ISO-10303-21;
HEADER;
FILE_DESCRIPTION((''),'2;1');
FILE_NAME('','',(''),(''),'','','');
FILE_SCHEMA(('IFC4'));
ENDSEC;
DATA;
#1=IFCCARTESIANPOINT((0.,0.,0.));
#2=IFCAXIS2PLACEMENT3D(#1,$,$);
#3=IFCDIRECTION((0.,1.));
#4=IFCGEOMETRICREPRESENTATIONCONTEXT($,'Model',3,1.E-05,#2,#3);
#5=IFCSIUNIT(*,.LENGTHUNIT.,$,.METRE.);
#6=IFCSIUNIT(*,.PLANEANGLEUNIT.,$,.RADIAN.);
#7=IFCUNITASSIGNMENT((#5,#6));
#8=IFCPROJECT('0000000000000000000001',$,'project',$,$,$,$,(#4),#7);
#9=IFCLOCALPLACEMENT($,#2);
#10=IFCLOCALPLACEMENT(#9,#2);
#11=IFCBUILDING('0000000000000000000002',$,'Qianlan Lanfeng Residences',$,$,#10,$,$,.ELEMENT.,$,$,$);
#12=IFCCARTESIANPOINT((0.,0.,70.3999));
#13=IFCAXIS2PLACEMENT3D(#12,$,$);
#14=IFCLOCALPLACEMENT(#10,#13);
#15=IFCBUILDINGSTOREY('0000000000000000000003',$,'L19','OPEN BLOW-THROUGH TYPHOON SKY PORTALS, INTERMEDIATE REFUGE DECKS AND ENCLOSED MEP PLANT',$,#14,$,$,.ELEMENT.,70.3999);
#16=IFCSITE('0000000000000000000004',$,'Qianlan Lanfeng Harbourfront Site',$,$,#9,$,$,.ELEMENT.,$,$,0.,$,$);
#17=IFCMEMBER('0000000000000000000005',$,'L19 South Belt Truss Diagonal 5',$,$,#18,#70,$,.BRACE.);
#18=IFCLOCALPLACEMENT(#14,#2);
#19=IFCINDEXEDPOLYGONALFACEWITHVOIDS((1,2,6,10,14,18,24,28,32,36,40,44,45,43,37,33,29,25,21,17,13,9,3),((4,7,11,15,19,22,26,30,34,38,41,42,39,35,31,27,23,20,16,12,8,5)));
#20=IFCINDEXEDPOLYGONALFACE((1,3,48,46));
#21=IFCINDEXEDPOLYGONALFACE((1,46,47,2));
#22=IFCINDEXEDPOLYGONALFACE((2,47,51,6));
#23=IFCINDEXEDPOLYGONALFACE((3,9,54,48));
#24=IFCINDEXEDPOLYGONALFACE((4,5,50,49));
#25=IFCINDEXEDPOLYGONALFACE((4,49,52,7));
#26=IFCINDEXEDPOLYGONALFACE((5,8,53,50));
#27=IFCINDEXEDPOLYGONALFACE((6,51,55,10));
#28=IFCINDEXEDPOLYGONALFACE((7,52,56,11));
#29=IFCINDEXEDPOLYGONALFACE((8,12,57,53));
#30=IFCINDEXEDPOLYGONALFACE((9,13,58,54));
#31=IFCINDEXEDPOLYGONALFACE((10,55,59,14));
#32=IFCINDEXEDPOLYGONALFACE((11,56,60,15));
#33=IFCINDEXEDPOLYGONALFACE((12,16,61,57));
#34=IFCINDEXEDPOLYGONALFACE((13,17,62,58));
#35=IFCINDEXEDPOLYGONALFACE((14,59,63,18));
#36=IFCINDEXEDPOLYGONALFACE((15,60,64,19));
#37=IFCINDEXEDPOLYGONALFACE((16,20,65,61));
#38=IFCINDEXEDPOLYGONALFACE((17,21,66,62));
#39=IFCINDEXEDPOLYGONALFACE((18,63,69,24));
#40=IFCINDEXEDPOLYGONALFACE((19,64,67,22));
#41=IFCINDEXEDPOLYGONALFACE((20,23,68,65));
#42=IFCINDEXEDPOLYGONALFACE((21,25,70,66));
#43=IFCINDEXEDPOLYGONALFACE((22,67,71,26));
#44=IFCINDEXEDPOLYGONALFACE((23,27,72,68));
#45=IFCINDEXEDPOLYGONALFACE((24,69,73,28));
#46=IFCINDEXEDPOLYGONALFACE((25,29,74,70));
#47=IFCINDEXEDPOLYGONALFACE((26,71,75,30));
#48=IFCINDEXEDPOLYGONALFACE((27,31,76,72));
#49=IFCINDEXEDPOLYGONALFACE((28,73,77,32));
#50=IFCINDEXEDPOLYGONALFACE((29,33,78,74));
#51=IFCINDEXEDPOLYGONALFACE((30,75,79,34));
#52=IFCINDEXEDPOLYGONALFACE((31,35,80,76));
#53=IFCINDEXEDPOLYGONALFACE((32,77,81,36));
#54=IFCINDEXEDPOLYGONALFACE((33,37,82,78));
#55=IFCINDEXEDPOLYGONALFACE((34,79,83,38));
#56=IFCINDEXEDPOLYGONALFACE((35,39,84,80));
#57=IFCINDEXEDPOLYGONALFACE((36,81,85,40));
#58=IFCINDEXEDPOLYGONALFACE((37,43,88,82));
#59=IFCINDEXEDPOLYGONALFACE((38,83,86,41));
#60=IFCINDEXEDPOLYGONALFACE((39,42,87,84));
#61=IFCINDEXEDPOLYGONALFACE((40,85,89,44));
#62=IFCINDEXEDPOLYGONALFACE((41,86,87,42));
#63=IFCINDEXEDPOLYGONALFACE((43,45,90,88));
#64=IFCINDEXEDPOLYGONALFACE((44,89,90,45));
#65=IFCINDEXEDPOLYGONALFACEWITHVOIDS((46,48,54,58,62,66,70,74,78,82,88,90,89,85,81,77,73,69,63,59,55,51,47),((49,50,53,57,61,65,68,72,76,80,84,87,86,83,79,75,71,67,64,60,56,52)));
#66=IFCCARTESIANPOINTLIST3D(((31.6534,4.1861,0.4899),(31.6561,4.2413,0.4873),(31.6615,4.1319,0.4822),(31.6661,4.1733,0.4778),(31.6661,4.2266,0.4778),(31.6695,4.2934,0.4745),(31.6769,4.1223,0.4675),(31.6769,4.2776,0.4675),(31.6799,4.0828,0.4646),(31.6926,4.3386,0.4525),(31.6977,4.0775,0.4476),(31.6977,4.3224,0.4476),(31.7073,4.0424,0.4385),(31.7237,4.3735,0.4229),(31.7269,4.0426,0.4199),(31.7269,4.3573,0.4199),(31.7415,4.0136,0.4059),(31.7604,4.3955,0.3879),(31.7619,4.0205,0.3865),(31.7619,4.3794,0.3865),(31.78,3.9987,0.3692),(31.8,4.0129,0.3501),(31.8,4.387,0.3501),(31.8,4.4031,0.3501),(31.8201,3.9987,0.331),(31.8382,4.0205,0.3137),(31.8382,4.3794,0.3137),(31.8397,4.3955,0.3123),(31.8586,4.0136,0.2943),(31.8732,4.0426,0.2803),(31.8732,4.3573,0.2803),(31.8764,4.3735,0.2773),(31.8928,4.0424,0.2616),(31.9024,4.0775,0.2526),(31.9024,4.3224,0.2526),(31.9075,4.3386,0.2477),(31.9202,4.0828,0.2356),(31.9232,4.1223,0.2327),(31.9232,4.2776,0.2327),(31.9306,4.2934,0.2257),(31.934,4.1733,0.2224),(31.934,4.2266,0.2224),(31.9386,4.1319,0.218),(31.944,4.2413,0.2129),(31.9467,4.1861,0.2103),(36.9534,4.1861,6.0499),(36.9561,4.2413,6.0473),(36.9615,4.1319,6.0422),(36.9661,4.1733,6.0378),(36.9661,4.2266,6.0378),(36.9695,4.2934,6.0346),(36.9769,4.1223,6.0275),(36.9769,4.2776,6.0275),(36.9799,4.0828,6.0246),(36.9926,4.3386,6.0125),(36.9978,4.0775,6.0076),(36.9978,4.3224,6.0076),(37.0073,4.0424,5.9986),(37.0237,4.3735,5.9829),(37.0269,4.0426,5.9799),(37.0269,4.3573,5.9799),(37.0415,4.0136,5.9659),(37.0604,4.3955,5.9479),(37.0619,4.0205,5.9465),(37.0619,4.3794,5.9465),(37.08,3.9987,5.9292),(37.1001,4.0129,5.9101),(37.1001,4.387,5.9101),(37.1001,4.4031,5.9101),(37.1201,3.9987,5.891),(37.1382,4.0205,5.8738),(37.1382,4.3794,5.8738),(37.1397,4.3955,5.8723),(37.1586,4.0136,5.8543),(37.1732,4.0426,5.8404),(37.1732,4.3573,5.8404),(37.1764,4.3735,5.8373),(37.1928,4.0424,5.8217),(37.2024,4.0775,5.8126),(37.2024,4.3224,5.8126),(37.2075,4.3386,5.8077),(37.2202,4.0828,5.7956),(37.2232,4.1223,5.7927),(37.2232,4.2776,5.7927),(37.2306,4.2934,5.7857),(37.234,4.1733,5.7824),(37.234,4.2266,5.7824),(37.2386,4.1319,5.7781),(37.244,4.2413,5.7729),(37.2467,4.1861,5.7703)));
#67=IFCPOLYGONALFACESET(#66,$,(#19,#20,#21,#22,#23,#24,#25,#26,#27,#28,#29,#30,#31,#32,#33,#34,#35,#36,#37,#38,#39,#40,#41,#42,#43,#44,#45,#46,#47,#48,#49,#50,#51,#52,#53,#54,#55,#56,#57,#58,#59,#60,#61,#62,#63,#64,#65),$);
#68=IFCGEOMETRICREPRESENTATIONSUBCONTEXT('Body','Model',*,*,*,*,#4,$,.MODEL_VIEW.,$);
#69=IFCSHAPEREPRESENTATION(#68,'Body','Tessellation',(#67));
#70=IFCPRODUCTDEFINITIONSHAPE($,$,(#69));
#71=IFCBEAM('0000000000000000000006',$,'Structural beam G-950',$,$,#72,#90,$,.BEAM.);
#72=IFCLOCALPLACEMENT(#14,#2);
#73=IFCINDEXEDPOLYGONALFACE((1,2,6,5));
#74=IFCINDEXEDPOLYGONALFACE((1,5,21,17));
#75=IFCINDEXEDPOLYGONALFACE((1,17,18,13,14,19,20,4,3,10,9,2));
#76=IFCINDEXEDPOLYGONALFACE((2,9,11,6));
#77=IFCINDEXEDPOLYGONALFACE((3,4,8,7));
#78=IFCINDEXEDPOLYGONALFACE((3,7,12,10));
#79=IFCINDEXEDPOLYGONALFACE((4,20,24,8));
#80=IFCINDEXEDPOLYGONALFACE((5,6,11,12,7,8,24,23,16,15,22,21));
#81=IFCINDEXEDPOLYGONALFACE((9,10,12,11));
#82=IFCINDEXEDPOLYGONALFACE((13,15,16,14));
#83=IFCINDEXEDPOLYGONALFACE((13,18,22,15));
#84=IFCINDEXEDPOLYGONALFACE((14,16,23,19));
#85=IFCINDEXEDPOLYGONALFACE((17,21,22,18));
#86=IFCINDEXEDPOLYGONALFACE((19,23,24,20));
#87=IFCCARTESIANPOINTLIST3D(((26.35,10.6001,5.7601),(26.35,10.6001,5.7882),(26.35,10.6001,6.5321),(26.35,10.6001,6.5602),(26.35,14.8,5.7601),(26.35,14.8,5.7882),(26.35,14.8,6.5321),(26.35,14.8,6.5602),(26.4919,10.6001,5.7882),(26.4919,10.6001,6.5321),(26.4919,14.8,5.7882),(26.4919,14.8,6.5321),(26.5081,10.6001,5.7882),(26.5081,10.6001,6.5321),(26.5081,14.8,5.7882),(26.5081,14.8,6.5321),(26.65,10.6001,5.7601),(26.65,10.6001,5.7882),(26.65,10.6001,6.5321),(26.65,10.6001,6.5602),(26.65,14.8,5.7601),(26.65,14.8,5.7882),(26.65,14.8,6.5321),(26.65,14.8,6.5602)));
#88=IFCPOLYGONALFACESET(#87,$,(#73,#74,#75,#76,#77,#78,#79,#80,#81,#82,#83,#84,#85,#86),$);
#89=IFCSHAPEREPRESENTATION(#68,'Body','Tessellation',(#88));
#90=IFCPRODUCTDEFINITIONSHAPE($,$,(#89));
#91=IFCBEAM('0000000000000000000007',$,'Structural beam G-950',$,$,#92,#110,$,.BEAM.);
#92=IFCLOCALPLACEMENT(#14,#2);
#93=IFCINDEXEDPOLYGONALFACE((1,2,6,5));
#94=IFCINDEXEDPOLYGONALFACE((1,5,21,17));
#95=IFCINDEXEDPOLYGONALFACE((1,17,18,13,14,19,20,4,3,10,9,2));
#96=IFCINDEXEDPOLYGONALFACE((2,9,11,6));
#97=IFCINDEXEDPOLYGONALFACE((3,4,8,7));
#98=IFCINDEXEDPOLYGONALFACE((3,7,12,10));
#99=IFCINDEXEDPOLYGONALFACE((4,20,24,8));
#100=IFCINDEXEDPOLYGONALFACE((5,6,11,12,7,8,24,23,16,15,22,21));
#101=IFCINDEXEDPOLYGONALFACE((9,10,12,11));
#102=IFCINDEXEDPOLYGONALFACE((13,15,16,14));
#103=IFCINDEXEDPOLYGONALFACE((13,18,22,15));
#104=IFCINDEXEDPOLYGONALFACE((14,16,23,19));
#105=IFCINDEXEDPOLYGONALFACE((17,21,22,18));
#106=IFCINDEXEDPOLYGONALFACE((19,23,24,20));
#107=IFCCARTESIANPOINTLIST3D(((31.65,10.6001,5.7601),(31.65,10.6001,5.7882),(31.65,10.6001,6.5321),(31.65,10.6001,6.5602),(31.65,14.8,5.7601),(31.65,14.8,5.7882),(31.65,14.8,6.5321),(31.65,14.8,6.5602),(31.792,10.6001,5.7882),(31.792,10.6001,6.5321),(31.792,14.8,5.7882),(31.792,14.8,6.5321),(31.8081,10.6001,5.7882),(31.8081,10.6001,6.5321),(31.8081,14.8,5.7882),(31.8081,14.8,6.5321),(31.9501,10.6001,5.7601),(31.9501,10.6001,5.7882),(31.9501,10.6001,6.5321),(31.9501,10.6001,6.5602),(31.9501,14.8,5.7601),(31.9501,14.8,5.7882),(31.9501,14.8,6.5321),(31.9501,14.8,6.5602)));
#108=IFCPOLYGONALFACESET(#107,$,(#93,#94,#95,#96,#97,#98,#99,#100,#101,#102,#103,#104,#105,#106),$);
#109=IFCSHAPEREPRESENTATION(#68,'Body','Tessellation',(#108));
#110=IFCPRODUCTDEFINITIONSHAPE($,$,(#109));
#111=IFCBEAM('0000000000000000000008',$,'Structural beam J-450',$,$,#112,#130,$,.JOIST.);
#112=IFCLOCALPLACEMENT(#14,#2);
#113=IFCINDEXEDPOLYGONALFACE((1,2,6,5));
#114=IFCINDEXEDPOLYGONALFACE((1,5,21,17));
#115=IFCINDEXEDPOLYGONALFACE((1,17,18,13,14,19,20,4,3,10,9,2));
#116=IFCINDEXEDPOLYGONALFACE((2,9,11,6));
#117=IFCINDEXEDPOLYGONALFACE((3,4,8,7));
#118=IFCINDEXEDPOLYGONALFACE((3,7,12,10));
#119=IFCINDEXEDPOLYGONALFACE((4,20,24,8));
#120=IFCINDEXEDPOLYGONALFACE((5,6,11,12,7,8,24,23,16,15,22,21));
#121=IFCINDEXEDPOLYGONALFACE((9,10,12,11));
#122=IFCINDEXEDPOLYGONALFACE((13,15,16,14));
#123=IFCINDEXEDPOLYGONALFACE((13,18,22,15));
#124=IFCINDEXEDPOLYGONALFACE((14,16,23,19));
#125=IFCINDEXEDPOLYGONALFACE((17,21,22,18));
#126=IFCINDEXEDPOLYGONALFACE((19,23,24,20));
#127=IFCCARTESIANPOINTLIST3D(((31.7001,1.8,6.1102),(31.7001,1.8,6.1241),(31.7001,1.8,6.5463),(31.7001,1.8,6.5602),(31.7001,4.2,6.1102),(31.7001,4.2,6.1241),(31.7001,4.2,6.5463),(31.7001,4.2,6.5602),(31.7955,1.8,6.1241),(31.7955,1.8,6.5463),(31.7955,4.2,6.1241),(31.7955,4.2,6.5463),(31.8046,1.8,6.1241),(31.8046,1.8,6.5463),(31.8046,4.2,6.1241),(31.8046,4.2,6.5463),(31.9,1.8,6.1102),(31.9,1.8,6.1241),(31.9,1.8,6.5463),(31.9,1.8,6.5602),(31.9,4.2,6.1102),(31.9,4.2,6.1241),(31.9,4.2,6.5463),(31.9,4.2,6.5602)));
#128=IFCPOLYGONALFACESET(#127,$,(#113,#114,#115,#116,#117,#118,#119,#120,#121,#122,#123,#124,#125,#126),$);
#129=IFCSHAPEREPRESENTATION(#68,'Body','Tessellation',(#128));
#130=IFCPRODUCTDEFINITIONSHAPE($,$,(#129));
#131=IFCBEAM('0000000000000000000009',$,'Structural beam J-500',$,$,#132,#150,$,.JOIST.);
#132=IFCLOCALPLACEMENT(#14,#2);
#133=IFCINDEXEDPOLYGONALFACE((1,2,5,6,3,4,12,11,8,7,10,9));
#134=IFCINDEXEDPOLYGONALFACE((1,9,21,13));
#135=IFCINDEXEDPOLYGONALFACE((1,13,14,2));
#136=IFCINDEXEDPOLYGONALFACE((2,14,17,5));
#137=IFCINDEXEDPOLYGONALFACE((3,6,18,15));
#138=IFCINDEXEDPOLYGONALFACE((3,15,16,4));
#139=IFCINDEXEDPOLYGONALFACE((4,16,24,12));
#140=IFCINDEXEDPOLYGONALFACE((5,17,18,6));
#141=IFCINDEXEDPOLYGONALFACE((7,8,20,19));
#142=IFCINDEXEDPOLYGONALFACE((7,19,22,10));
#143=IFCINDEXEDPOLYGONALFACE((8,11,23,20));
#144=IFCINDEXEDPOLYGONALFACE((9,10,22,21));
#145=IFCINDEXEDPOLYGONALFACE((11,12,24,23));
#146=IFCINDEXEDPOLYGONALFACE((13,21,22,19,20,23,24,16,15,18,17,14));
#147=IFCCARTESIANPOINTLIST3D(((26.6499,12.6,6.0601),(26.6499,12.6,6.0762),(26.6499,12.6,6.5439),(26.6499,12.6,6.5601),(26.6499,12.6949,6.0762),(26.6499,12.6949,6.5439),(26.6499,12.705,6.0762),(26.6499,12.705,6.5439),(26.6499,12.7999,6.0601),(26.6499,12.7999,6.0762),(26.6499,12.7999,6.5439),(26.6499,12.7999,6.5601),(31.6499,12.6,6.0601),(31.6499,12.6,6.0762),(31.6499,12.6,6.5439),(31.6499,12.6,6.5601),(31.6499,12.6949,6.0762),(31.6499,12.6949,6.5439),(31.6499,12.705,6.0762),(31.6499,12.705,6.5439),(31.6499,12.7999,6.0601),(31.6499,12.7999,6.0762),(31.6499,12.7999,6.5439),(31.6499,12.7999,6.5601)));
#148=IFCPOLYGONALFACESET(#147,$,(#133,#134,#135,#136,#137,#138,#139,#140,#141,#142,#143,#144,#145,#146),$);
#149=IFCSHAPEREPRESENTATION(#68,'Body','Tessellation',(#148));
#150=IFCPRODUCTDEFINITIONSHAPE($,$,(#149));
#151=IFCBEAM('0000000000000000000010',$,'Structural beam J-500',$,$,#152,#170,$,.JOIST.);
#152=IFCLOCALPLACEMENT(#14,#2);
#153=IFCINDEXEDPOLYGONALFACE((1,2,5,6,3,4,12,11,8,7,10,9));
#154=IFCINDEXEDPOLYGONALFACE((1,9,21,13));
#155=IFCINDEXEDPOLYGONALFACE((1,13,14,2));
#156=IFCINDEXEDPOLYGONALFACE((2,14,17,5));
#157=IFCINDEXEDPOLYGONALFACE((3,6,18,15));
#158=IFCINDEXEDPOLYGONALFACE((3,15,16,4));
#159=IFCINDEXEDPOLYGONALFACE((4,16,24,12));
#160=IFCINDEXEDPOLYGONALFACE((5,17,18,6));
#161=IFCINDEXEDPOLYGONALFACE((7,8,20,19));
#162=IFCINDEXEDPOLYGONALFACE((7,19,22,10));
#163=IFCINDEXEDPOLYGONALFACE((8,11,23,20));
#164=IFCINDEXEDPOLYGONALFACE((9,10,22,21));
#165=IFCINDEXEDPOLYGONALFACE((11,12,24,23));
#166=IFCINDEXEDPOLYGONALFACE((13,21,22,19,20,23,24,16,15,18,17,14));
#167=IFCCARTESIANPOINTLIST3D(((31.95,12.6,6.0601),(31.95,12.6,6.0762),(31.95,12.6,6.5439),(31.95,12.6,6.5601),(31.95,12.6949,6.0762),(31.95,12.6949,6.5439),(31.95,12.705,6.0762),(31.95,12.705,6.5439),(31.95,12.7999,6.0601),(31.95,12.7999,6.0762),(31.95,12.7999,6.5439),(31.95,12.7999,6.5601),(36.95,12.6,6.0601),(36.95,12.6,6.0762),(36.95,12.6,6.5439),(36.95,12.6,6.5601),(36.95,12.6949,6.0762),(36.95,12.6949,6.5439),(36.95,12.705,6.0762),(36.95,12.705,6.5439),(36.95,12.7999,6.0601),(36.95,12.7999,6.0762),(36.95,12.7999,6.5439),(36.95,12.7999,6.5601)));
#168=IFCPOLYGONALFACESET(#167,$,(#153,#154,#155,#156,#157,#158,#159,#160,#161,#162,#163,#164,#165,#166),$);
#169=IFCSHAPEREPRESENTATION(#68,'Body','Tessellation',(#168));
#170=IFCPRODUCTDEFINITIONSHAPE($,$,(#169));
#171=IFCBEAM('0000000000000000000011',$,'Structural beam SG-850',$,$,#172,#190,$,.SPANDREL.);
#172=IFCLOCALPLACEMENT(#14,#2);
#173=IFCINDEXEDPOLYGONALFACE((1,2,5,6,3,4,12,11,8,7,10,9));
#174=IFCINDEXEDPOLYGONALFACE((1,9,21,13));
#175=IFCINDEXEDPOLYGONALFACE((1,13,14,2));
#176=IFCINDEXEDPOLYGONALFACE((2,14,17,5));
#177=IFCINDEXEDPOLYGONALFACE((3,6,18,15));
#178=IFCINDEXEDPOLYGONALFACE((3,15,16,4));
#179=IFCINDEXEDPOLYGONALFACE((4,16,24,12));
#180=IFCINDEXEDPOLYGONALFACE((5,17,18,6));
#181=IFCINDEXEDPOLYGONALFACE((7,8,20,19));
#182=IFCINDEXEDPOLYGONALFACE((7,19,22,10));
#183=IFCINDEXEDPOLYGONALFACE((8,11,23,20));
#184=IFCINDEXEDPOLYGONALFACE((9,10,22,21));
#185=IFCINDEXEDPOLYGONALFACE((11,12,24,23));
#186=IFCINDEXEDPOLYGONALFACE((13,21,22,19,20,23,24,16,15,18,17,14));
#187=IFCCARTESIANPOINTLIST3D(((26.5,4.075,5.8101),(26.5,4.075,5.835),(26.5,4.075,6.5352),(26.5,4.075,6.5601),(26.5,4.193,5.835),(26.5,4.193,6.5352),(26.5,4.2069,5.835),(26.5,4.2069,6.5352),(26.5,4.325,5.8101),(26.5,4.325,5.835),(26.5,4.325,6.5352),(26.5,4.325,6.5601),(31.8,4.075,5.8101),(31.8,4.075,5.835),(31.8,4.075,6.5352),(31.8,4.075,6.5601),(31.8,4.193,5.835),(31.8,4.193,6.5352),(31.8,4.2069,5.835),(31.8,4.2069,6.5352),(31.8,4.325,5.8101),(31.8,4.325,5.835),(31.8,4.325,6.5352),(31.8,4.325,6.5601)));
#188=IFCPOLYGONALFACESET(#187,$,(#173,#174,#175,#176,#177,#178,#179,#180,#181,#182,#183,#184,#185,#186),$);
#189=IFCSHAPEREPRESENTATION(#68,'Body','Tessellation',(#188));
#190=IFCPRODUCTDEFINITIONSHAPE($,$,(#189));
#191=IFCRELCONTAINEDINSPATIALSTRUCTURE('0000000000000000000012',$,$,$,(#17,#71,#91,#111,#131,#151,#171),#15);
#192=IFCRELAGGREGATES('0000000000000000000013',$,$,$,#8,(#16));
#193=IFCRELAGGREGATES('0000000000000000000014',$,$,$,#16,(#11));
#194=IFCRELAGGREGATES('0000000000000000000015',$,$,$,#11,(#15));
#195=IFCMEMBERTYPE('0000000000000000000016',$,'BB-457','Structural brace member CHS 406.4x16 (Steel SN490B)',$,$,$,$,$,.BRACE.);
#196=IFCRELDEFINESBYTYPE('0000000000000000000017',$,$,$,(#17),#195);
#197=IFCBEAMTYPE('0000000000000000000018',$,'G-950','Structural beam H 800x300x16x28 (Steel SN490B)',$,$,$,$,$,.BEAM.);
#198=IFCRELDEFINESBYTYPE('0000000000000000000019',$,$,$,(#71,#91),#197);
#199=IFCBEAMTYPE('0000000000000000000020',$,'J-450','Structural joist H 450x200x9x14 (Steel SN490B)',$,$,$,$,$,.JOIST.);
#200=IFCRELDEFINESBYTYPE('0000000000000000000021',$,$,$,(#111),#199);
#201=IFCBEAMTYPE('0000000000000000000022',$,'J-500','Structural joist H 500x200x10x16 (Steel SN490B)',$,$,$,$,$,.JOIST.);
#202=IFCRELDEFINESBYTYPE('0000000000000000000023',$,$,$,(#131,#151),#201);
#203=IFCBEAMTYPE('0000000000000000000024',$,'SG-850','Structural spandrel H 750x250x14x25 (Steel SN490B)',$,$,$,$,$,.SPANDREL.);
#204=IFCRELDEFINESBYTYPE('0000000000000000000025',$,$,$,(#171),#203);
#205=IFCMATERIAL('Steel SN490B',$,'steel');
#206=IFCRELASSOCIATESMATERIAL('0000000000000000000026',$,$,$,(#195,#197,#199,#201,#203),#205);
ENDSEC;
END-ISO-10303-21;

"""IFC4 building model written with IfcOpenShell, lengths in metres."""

from ifc_helpers import new_model, si_unit, direction, frame, origin, origin_2d, place, context, subcontext, project, spatial, hollow_circle, i_section, extrude, material, material_profile, profile_set, type_object, element, save


model = new_model("IFC4")

# Units and contexts
model_context = context("Model", 3, precision=1e-05, world=origin(), true_north=direction((0.0, 1.0)))
body_context = subcontext(model_context, "Body", "Model", "MODEL_VIEW")
ifc_project = project(units=[si_unit("LENGTHUNIT", "METRE"), si_unit("PLANEANGLEUNIT", "RADIAN")], contexts=[model_context])

# Site, building, storey
site_placement = place(None, origin())
site = spatial("IfcSite", under=ifc_project, at=site_placement, Name="Qianlan Lanfeng Harbourfront Site", CompositionType="ELEMENT", RefElevation=0.0)
building_placement = place(site_placement, origin())
building = spatial("IfcBuilding", under=site, at=building_placement, Name="Qianlan Lanfeng Residences", CompositionType="ELEMENT")
storey_placement = place(building_placement, frame((0.0, 0.0, 70.3999)))
storey = spatial("IfcBuildingStorey", under=building, at=storey_placement, Name="L19", Description="OPEN BLOW-THROUGH TYPHOON SKY PORTALS, INTERMEDIATE REFUGE DECKS AND ENCLOSED MEP PLANT", CompositionType="ELEMENT", Elevation=70.3999)

# Shared definitions
ifc_material_1 = material(Name="Steel SN490B", Category="steel")

# Member
ifc_material_profile_1 = material_profile(ifc_material_1, hollow_circle(Radius=0.2031, WallThickness=0.0161, at=origin_2d()), Name="CHS 406.4x16")
ifc_profile_set_1 = profile_set([ifc_material_profile_1], Name="Steel SN490B")
member_type_1 = type_object("IfcMemberType", Name="BB-457", Description="Structural brace member CHS 406.4x16 (Steel SN490B)", PredefinedType="BRACE", material=ifc_profile_set_1)
for number, where, z_axis, x_axis, name in (
    (1, (31.8, 4.2, 0.3501), (0.68998, 0.0, 0.723829), (0.0, 1.0, 0.0), "L19 South Belt Truss Diagonal 5"),
):
    element("IfcMember", number, at=place(storey_placement, frame(where, z_axis=z_axis, x_axis=x_axis)), inside=storey, type_object=member_type_1, Name=name, PredefinedType="BRACE", context=body_context, shape_type="SweptSolid", body=[
        extrude(hollow_circle(Radius=0.2031, WallThickness=0.0161, at=origin_2d()), origin(), (0.0, 0.0, 1.0), 7.6814),
    ])

# Beams
ifc_material_profile_2 = material_profile(ifc_material_1, i_section(OverallWidth=0.3, OverallDepth=0.8, WebThickness=0.0161, FlangeThickness=0.0281, at=origin_2d()), Name="H 800x300x16x28")
ifc_profile_set_2 = profile_set([ifc_material_profile_2], Name="Steel SN490B")
beam_type_1 = type_object("IfcBeamType", Name="G-950", Description="Structural beam H 800x300x16x28 (Steel SN490B)", PredefinedType="BEAM", material=ifc_profile_set_2)
for number, where, z_axis, x_axis, name in (
    (2, (26.5, 10.6001, 6.1602), (0.0, 1.0, 0.0), (-1.0, 0.0, 0.0), "Structural beam G-950"),
    (3, (31.8, 10.6001, 6.1602), (0.0, 1.0, 0.0), (-1.0, 0.0, 0.0), "Structural beam G-950"),
):
    element("IfcBeam", number, at=place(storey_placement, frame(where, z_axis=z_axis, x_axis=x_axis)), inside=storey, type_object=beam_type_1, Name=name, PredefinedType="BEAM", context=body_context, shape_type="SweptSolid", body=[
        extrude(i_section(OverallWidth=0.3, OverallDepth=0.8, WebThickness=0.0161, FlangeThickness=0.0281, at=origin_2d()), origin(), (0.0, 0.0, 1.0), 4.2),
    ])
ifc_material_profile_3 = material_profile(ifc_material_1, i_section(OverallWidth=0.2, OverallDepth=0.45, WebThickness=0.009, FlangeThickness=0.0139, at=origin_2d()), Name="H 450x200x9x14")
ifc_profile_set_3 = profile_set([ifc_material_profile_3], Name="Steel SN490B")
beam_type_2 = type_object("IfcBeamType", Name="J-450", Description="Structural joist H 450x200x9x14 (Steel SN490B)", PredefinedType="JOIST", material=ifc_profile_set_3)
beam_1_placement = place(storey_placement, frame((31.8, 1.8, 6.3352), z_axis=(0.0, 1.0, 0.0), x_axis=(-1.0, 0.0, 0.0)))
element("IfcBeam", 4, at=beam_1_placement, inside=storey, type_object=beam_type_2, Name="Structural beam J-450", PredefinedType="JOIST", context=body_context, shape_type="SweptSolid", body=[
    extrude(i_section(OverallWidth=0.2, OverallDepth=0.45, WebThickness=0.009, FlangeThickness=0.0139, at=origin_2d()), origin(), (0.0, 0.0, 1.0), 2.3999),
])
ifc_material_profile_4 = material_profile(ifc_material_1, i_section(OverallWidth=0.2, OverallDepth=0.5, WebThickness=0.01, FlangeThickness=0.0161, at=origin_2d()), Name="H 500x200x10x16")
ifc_profile_set_4 = profile_set([ifc_material_profile_4], Name="Steel SN490B")
beam_type_3 = type_object("IfcBeamType", Name="J-500", Description="Structural joist H 500x200x10x16 (Steel SN490B)", PredefinedType="JOIST", material=ifc_profile_set_4)
for number, where, z_axis, x_axis, name in (
    (5, (26.6499, 12.7, 6.3101), (1.0, 0.0, 0.0), (0.0, 1.0, 0.0), "Structural beam J-500"),
    (6, (31.95, 12.7, 6.3101), (1.0, 0.0, 0.0), (0.0, 1.0, 0.0), "Structural beam J-500"),
):
    element("IfcBeam", number, at=place(storey_placement, frame(where, z_axis=z_axis, x_axis=x_axis)), inside=storey, type_object=beam_type_3, Name=name, PredefinedType="JOIST", context=body_context, shape_type="SweptSolid", body=[
        extrude(i_section(OverallWidth=0.2, OverallDepth=0.5, WebThickness=0.01, FlangeThickness=0.0161, at=origin_2d()), origin(), (0.0, 0.0, 1.0), 5.0),
    ])
ifc_material_profile_5 = material_profile(ifc_material_1, i_section(OverallWidth=0.25, OverallDepth=0.75, WebThickness=0.0139, FlangeThickness=0.0249, at=origin_2d()), Name="H 750x250x14x25")
ifc_profile_set_5 = profile_set([ifc_material_profile_5], Name="Steel SN490B")
beam_type_4 = type_object("IfcBeamType", Name="SG-850", Description="Structural spandrel H 750x250x14x25 (Steel SN490B)", PredefinedType="SPANDREL", material=ifc_profile_set_5)
for number, where, z_axis, x_axis, name in (
    (7, (26.5, 4.2, 6.1851), (1.0, 0.0, 0.0), (0.0, 1.0, 0.0), "Structural beam SG-850"),
):
    element("IfcBeam", number, at=place(storey_placement, frame(where, z_axis=z_axis, x_axis=x_axis)), inside=storey, type_object=beam_type_4, Name=name, PredefinedType="SPANDREL", context=body_context, shape_type="SweptSolid", body=[
        extrude(i_section(OverallWidth=0.25, OverallDepth=0.75, WebThickness=0.0139, FlangeThickness=0.0249, at=origin_2d()), origin(), (0.0, 0.0, 1.0), 5.3),
    ])

save(model, "model.ifc")
